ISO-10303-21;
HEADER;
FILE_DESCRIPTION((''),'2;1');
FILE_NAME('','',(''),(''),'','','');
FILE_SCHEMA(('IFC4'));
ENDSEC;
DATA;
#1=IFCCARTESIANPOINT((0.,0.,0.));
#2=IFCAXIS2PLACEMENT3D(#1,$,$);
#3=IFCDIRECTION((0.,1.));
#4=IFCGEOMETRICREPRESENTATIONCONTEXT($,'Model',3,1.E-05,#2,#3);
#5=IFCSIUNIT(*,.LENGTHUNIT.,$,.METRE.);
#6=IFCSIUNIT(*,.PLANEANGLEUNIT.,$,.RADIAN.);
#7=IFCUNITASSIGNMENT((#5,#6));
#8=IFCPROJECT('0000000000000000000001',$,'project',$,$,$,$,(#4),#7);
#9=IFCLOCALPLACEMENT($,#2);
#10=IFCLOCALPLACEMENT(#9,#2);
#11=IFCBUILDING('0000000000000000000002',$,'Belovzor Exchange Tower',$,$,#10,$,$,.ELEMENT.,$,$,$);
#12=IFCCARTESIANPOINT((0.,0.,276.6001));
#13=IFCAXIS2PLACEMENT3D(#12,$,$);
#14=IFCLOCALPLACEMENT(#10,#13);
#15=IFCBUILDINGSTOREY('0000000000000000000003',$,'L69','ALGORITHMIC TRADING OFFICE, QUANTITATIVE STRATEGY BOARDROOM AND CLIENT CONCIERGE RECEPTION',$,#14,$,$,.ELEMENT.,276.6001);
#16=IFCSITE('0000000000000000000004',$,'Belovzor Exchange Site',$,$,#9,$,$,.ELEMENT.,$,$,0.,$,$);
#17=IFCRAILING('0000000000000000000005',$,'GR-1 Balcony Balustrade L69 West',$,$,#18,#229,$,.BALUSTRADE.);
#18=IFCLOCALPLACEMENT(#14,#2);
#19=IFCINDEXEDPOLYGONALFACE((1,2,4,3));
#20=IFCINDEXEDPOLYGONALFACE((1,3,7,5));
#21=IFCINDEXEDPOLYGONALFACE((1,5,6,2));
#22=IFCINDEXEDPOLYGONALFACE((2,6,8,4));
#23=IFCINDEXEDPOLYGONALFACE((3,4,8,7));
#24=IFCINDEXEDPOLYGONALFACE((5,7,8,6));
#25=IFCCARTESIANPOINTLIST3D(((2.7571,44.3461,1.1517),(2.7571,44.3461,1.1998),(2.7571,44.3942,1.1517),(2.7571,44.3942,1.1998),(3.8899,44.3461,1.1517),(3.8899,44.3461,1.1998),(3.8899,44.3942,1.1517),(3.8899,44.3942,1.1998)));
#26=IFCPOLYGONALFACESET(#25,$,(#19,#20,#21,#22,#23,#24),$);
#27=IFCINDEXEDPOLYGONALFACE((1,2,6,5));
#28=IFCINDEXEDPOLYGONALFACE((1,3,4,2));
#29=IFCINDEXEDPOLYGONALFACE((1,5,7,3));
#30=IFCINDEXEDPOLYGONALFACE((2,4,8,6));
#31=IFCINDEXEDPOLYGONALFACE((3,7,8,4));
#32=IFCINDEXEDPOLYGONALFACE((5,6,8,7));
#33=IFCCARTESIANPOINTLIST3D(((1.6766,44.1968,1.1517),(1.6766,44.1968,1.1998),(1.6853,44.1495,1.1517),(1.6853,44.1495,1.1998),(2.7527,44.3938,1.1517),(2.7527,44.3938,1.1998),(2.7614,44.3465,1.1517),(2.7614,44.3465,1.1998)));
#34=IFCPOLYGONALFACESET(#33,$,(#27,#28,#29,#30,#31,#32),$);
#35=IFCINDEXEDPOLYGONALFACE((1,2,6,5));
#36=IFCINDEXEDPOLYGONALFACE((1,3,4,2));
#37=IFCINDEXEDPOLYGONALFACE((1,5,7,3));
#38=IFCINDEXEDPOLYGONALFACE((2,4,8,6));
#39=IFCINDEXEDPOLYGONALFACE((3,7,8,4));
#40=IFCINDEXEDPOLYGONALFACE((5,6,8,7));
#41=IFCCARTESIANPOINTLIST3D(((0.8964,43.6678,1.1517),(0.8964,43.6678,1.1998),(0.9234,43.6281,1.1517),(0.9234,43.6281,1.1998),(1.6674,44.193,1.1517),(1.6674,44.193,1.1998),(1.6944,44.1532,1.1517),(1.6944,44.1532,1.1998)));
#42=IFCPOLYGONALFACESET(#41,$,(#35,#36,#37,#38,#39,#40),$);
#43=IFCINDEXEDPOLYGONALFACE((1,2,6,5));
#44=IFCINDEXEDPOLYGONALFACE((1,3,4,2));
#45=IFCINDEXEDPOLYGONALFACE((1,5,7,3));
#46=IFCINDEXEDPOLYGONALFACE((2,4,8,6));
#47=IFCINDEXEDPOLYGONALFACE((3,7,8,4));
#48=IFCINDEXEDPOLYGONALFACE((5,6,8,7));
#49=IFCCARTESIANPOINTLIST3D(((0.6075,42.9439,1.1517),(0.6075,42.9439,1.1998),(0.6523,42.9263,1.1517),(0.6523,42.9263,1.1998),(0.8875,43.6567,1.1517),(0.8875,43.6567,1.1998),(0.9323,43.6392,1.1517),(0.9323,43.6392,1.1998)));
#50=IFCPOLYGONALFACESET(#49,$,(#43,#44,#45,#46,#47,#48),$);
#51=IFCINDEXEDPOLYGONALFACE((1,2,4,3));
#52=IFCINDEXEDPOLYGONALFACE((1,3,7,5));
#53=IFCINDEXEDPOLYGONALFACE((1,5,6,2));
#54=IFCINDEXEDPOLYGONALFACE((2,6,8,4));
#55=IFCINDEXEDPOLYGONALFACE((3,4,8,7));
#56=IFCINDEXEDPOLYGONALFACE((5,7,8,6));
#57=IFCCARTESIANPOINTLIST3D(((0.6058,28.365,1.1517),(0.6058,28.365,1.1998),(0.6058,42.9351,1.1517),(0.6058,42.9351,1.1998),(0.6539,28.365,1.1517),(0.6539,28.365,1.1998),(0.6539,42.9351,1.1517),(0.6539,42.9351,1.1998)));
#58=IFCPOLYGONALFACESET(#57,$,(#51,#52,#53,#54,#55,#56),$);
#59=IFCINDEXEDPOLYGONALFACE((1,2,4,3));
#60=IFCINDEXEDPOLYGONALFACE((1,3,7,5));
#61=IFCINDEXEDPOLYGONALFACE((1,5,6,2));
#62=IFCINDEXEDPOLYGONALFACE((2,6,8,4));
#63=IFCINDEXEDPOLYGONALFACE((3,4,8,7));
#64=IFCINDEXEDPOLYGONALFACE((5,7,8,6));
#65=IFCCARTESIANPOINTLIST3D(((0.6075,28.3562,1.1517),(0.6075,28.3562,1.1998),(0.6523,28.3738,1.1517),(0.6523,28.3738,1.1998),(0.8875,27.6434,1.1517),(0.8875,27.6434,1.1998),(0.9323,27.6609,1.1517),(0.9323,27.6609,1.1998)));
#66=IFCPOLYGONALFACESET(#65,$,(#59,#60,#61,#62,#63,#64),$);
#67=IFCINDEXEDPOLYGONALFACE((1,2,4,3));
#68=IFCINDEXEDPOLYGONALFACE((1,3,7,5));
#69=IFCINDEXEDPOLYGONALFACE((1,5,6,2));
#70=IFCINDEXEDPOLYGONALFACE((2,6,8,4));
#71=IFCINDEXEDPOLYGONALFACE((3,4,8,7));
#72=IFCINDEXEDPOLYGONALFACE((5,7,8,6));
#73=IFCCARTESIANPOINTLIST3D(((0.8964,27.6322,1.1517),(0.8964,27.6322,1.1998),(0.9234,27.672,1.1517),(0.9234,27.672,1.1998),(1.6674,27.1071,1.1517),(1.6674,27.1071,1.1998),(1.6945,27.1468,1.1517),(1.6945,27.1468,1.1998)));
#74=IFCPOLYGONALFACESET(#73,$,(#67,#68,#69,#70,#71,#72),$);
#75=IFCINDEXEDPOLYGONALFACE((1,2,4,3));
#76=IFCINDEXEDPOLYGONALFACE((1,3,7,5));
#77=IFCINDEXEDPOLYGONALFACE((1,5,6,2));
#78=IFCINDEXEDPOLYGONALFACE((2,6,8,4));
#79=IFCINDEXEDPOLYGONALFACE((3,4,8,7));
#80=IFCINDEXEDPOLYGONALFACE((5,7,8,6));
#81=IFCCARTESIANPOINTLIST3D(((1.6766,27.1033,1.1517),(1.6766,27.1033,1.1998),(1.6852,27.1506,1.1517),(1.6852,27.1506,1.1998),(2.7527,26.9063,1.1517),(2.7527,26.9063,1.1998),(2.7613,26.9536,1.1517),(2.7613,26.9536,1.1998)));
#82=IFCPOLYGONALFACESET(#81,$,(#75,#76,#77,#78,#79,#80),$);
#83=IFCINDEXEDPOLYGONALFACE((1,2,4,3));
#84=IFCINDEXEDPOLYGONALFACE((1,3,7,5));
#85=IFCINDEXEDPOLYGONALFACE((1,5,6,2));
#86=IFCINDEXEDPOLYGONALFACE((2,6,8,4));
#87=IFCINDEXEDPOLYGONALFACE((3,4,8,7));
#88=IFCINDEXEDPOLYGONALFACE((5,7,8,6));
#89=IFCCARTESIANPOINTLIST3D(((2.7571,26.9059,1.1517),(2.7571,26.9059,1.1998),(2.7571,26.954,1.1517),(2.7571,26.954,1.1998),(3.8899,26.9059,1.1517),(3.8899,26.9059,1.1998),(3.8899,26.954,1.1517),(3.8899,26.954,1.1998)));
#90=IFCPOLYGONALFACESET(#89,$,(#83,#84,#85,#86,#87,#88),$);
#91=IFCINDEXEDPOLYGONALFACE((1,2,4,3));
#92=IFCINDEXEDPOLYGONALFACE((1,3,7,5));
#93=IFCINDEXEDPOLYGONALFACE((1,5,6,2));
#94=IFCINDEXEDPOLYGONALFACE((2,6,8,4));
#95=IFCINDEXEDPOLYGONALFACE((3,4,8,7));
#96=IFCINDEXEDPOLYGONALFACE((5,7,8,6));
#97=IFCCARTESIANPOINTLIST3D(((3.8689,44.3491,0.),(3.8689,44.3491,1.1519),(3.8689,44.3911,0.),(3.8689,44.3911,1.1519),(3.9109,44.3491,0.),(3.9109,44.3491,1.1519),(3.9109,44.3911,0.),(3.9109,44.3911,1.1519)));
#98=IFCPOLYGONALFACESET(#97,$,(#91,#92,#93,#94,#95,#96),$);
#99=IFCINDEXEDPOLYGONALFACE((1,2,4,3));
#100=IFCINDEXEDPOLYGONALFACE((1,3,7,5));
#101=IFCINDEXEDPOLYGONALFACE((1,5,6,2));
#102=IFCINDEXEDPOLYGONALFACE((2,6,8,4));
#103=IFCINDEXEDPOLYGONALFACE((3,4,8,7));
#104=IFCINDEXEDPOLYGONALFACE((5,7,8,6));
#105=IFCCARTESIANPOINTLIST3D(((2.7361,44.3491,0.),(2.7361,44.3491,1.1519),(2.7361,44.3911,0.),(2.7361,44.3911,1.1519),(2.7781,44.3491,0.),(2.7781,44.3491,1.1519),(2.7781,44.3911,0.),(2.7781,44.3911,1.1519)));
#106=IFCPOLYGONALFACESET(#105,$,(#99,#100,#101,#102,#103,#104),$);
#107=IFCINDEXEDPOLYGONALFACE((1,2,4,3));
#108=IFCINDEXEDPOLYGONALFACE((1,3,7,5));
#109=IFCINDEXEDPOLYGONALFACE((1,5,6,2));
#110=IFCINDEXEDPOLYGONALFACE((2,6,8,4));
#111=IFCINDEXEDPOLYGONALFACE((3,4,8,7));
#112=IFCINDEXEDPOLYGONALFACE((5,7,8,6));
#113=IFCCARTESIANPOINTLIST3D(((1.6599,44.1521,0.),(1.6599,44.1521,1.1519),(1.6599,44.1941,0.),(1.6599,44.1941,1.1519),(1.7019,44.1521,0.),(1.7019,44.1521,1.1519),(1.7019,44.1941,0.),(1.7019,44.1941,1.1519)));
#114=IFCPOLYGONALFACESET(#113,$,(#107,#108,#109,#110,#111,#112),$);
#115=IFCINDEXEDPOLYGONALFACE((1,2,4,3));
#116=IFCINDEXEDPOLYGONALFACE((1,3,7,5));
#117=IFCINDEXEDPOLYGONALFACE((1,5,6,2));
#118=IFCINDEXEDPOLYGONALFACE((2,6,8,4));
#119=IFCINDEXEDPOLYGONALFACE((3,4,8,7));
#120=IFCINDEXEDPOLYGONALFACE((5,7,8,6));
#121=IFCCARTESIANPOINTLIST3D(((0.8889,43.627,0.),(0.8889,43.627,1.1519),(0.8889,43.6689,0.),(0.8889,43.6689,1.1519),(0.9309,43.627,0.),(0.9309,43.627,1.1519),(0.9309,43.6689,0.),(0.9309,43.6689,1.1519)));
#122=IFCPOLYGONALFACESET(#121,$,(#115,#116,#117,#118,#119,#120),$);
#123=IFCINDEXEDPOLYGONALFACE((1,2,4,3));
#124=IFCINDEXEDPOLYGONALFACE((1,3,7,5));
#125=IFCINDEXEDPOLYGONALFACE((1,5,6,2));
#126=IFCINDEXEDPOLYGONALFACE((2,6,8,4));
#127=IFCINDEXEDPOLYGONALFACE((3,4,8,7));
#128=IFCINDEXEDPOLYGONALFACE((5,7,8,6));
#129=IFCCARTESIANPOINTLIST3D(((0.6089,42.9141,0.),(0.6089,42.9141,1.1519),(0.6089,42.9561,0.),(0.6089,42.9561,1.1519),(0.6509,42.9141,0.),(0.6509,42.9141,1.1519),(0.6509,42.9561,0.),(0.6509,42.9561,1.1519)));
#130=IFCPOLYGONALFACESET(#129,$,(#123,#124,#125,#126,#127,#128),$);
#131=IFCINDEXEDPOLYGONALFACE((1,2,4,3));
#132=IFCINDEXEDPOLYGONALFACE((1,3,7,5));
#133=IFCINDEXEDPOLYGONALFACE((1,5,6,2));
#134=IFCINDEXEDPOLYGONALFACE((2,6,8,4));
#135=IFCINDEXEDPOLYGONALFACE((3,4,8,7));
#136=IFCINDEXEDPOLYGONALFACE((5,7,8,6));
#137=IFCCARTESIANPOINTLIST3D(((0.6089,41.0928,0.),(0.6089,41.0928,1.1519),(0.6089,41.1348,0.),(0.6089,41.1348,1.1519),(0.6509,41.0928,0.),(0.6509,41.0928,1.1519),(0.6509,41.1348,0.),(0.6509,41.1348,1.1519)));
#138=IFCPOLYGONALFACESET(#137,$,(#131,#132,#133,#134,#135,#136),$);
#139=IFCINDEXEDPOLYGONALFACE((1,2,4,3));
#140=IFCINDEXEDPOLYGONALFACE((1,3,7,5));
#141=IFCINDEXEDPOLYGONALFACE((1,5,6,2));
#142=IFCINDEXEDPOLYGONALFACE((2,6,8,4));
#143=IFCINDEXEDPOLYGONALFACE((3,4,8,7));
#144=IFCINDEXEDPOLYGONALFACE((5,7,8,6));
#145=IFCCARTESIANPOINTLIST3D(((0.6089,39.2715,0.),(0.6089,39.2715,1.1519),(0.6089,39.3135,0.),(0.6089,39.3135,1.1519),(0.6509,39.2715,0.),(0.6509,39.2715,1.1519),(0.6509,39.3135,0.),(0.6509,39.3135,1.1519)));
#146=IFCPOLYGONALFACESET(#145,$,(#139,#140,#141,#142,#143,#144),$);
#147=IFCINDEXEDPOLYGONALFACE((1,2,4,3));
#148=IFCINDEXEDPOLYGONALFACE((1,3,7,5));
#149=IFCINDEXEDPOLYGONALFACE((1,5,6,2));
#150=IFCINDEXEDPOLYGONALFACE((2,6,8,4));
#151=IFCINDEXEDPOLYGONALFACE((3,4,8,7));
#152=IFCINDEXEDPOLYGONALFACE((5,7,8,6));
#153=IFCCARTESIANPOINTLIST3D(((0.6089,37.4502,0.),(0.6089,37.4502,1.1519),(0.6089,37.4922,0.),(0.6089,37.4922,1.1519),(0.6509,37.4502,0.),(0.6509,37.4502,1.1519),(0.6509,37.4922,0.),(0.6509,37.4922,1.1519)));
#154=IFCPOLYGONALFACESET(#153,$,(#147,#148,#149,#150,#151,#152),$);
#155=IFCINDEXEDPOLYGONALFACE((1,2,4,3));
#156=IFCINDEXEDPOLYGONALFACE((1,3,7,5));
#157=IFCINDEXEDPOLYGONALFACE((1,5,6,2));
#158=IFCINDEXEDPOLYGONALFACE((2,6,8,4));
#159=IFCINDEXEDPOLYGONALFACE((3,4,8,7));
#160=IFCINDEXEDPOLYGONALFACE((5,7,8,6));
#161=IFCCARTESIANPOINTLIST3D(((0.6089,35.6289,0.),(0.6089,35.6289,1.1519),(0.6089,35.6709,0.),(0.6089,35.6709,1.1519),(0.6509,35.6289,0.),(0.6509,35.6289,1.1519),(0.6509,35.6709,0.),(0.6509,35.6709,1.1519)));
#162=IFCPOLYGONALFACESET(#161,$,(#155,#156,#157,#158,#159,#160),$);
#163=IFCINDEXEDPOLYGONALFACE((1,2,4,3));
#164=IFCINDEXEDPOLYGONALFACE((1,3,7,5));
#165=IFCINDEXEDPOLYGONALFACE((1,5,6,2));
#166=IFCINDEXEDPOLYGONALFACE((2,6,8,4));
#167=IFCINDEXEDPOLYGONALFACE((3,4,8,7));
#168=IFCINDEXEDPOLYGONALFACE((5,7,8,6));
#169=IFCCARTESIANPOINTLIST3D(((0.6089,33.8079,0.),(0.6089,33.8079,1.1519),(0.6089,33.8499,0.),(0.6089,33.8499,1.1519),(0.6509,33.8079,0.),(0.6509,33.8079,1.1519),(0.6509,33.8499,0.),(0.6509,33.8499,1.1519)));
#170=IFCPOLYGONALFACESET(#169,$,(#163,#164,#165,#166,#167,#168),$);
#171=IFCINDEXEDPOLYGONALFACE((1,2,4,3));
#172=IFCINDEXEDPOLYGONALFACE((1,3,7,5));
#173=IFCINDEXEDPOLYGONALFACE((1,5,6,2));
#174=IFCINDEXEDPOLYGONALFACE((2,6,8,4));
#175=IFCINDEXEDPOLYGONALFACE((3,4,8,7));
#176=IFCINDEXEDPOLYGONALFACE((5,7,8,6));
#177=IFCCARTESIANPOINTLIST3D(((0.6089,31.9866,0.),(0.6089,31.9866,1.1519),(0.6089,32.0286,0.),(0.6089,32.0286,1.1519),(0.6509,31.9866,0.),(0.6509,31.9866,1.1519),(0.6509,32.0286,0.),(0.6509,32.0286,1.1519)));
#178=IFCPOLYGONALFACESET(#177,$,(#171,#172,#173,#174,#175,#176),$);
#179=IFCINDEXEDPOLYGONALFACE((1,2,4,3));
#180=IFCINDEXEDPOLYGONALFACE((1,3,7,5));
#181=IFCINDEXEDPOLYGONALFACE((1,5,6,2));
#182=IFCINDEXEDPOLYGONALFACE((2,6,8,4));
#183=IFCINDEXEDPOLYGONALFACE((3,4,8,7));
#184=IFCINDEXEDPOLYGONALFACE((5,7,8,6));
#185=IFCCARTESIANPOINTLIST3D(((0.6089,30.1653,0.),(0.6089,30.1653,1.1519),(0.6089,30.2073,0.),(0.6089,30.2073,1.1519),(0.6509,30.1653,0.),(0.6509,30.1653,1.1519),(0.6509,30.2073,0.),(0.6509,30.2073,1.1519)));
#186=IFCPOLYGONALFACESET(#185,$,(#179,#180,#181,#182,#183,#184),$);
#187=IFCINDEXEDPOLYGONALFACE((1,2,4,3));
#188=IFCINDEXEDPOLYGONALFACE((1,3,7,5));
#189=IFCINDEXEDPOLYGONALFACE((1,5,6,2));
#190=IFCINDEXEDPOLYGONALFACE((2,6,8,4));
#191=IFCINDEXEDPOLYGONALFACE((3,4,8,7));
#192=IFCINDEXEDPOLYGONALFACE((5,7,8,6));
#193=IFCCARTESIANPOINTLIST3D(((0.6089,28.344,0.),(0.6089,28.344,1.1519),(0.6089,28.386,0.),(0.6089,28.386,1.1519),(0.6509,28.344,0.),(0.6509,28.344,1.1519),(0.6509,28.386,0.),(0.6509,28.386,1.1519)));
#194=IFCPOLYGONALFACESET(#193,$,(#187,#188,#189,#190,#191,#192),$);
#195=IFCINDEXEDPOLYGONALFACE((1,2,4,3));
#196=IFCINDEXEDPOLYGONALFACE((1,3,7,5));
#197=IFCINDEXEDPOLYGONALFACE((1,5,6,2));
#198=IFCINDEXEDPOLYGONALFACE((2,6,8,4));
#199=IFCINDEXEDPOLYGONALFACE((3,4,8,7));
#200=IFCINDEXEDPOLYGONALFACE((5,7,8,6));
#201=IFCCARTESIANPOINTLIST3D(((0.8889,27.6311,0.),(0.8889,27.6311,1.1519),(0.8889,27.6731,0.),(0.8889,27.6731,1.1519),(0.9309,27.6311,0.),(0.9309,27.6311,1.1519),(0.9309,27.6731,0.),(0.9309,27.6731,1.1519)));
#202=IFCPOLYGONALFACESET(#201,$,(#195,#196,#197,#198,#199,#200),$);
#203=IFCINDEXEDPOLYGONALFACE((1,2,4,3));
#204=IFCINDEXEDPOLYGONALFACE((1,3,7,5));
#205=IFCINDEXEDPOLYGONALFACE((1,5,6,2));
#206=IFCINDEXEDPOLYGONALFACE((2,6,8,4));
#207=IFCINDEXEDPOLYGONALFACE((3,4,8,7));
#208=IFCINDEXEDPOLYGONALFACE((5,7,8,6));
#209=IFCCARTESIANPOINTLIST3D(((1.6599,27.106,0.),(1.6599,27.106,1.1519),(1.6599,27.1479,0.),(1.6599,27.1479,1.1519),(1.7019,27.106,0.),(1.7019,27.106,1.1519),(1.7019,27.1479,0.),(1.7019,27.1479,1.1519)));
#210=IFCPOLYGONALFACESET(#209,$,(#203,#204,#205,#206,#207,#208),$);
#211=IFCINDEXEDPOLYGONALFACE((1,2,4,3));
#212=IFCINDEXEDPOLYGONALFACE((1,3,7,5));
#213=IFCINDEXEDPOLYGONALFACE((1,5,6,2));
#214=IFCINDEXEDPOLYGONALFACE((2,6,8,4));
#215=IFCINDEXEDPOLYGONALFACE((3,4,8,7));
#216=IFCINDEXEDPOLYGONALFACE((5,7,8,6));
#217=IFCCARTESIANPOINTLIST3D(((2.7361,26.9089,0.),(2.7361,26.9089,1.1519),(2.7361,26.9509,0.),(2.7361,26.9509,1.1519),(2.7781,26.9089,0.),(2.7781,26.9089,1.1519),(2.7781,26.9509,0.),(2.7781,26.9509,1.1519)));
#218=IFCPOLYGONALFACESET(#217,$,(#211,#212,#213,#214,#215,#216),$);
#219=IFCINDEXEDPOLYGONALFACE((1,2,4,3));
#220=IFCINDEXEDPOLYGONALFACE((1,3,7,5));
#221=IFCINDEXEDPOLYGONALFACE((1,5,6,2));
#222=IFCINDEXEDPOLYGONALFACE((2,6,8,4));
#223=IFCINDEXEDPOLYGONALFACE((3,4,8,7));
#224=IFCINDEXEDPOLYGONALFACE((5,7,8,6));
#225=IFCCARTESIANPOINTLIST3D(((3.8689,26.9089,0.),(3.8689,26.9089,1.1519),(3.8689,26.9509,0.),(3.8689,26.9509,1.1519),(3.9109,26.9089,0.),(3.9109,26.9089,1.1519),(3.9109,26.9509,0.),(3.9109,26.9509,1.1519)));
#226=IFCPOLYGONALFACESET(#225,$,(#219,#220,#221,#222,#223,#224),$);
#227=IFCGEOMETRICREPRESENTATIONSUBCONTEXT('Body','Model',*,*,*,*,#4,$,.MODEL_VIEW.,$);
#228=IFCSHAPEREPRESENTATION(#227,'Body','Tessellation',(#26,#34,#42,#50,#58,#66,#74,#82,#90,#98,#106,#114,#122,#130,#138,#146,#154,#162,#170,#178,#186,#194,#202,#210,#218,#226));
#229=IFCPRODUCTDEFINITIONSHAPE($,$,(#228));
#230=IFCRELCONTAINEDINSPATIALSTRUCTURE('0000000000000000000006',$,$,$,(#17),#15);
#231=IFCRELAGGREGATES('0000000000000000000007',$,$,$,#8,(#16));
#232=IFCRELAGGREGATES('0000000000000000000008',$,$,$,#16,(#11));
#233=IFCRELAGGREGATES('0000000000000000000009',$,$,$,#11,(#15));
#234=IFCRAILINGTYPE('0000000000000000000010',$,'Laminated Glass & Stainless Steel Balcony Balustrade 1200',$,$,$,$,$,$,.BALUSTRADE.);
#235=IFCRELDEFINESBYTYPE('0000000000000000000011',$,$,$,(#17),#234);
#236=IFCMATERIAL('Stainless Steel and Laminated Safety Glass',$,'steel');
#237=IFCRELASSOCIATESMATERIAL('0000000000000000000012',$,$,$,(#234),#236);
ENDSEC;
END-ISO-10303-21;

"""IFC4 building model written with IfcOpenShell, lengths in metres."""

from ifc_helpers import new_model, si_unit, direction, frame, origin, origin_2d, place, context, subcontext, project, spatial, rectangle, extrude, material, type_object, element, save


model = new_model("IFC4")

# Units and contexts
model_context = context("Model", 3, precision=1e-05, world=origin(), true_north=direction((0.0, 1.0)))
body_context = subcontext(model_context, "Body", "Model", "MODEL_VIEW")
ifc_project = project(units=[si_unit("LENGTHUNIT", "METRE"), si_unit("PLANEANGLEUNIT", "RADIAN")], contexts=[model_context])

# Site, building, storey
site_placement = place(None, origin())
site = spatial("IfcSite", under=ifc_project, at=site_placement, Name="Belovzor Exchange Site", CompositionType="ELEMENT", RefElevation=0.0)
building_placement = place(site_placement, origin())
building = spatial("IfcBuilding", under=site, at=building_placement, Name="Belovzor Exchange Tower", CompositionType="ELEMENT")
storey_placement = place(building_placement, frame((0.0, 0.0, 276.6001)))
storey = spatial("IfcBuildingStorey", under=building, at=storey_placement, Name="L69", Description="ALGORITHMIC TRADING OFFICE, QUANTITATIVE STRATEGY BOARDROOM AND CLIENT CONCIERGE RECEPTION", CompositionType="ELEMENT", Elevation=276.6001)

# Railing
ifc_material_1 = material(Name="Stainless Steel and Laminated Safety Glass", Category="steel")
railing_type = type_object("IfcRailingType", Name="Laminated Glass & Stainless Steel Balcony Balustrade 1200", PredefinedType="BALUSTRADE", material=ifc_material_1)
railing_placement = place(storey_placement, frame((3.8899, 44.3701, 0.0)))
element("IfcRailing", 1, at=railing_placement, inside=storey, type_object=railing_type, Name="GR-1 Balcony Balustrade L69 West", PredefinedType="BALUSTRADE", context=body_context, shape_type="SweptSolid", body=[
    extrude(rectangle(XDim=0.0481, YDim=0.0481, at=origin_2d()), frame((0.0, 0.0, 1.1758), z_axis=(-1.0, 0.0, 0.0), x_axis=(0.0, -1.0, 0.0)), (0.0, 0.0, 1.0), 1.1328),
    extrude(rectangle(XDim=0.0481, YDim=0.0481, at=origin_2d()), frame((-1.1328, 0.0, 1.1758), z_axis=(-0.983651, -0.180083, 0.0), x_axis=(0.180083, -0.983651, 0.0)), (0.0, 0.0, 1.0), 1.094),
    extrude(rectangle(XDim=0.0481, YDim=0.0481, at=origin_2d()), frame((-2.209, -0.197, 1.1758), z_axis=(-0.826493, -0.562947, 0.0), x_axis=(0.562947, -0.826493, 0.0)), (0.0, 0.0, 1.0), 0.9329),
    extrude(rectangle(XDim=0.0481, YDim=0.0481, at=origin_2d()), frame((-2.98, -0.7222, 1.1758), z_axis=(-0.365613, -0.930767, 0.0), x_axis=(0.930767, -0.365613, 0.0)), (0.0, 0.0, 1.0), 0.7659),
    extrude(rectangle(XDim=0.0481, YDim=0.0481, at=origin_2d()), frame((-3.26, -1.4351, 1.1758), z_axis=(0.0, -1.0, 0.0), x_axis=(1.0, 0.0, 0.0)), (0.0, 0.0, 1.0), 14.5701),
    extrude(rectangle(XDim=0.0481, YDim=0.0481, at=origin_2d()), frame((-3.26, -16.0051, 1.1758), z_axis=(0.365613, -0.930767, 0.0), x_axis=(0.930767, 0.365613, 0.0)), (0.0, 0.0, 1.0), 0.7659),
    extrude(rectangle(XDim=0.0481, YDim=0.0481, at=origin_2d()), frame((-2.98, -16.718, 1.1758), z_axis=(0.826493, -0.562947, 0.0), x_axis=(0.562947, 0.826493, 0.0)), (0.0, 0.0, 1.0), 0.9329),
    extrude(rectangle(XDim=0.0481, YDim=0.0481, at=origin_2d()), frame((-2.209, -17.2432, 1.1758), z_axis=(0.983651, -0.180083, 0.0), x_axis=(0.180083, 0.983651, 0.0)), (0.0, 0.0, 1.0), 1.094),
    extrude(rectangle(XDim=0.0481, YDim=0.0481, at=origin_2d()), frame((-1.1328, -17.4402, 1.1758), z_axis=(1.0, 0.0, 0.0), x_axis=(0.0, 1.0, 0.0)), (0.0, 0.0, 1.0), 1.1328),
    extrude(rectangle(XDim=0.042, YDim=0.042, at=origin_2d()), origin(), (0.0, 0.0, 1.0), 1.1519),
    extrude(rectangle(XDim=0.042, YDim=0.042, at=origin_2d()), frame((-1.1328, 0.0, 0.0)), (0.0, 0.0, 1.0), 1.1519),
    extrude(rectangle(XDim=0.042, YDim=0.042, at=origin_2d()), frame((-2.209, -0.197, 0.0)), (0.0, 0.0, 1.0), 1.1519),
    extrude(rectangle(XDim=0.042, YDim=0.042, at=origin_2d()), frame((-2.98, -0.7222, 0.0)), (0.0, 0.0, 1.0), 1.1519),
    extrude(rectangle(XDim=0.042, YDim=0.042, at=origin_2d()), frame((-3.26, -1.4351, 0.0)), (0.0, 0.0, 1.0), 1.1519),
    extrude(rectangle(XDim=0.042, YDim=0.042, at=origin_2d()), frame((-3.26, -3.2563, 0.0)), (0.0, 0.0, 1.0), 1.1519),
    extrude(rectangle(XDim=0.042, YDim=0.042, at=origin_2d()), frame((-3.26, -5.0776, 0.0)), (0.0, 0.0, 1.0), 1.1519),
    extrude(rectangle(XDim=0.042, YDim=0.042, at=origin_2d()), frame((-3.26, -6.8989, 0.0)), (0.0, 0.0, 1.0), 1.1519),
    extrude(rectangle(XDim=0.042, YDim=0.042, at=origin_2d()), frame((-3.26, -8.7202, 0.0)), (0.0, 0.0, 1.0), 1.1519),
    extrude(rectangle(XDim=0.042, YDim=0.042, at=origin_2d()), frame((-3.26, -10.5413, 0.0)), (0.0, 0.0, 1.0), 1.1519),
    extrude(rectangle(XDim=0.042, YDim=0.042, at=origin_2d()), frame((-3.26, -12.3625, 0.0)), (0.0, 0.0, 1.0), 1.1519),
    extrude(rectangle(XDim=0.042, YDim=0.042, at=origin_2d()), frame((-3.26, -14.1838, 0.0)), (0.0, 0.0, 1.0), 1.1519),
    extrude(rectangle(XDim=0.042, YDim=0.042, at=origin_2d()), frame((-3.26, -16.0051, 0.0)), (0.0, 0.0, 1.0), 1.1519),
    extrude(rectangle(XDim=0.042, YDim=0.042, at=origin_2d()), frame((-2.98, -16.718, 0.0)), (0.0, 0.0, 1.0), 1.1519),
    extrude(rectangle(XDim=0.042, YDim=0.042, at=origin_2d()), frame((-2.209, -17.2432, 0.0)), (0.0, 0.0, 1.0), 1.1519),
    extrude(rectangle(XDim=0.042, YDim=0.042, at=origin_2d()), frame((-1.1328, -17.4402, 0.0)), (0.0, 0.0, 1.0), 1.1519),
    extrude(rectangle(XDim=0.042, YDim=0.042, at=origin_2d()), frame((0.0, -17.4402, 0.0)), (0.0, 0.0, 1.0), 1.1519),
])

save(model, "model.ifc")
